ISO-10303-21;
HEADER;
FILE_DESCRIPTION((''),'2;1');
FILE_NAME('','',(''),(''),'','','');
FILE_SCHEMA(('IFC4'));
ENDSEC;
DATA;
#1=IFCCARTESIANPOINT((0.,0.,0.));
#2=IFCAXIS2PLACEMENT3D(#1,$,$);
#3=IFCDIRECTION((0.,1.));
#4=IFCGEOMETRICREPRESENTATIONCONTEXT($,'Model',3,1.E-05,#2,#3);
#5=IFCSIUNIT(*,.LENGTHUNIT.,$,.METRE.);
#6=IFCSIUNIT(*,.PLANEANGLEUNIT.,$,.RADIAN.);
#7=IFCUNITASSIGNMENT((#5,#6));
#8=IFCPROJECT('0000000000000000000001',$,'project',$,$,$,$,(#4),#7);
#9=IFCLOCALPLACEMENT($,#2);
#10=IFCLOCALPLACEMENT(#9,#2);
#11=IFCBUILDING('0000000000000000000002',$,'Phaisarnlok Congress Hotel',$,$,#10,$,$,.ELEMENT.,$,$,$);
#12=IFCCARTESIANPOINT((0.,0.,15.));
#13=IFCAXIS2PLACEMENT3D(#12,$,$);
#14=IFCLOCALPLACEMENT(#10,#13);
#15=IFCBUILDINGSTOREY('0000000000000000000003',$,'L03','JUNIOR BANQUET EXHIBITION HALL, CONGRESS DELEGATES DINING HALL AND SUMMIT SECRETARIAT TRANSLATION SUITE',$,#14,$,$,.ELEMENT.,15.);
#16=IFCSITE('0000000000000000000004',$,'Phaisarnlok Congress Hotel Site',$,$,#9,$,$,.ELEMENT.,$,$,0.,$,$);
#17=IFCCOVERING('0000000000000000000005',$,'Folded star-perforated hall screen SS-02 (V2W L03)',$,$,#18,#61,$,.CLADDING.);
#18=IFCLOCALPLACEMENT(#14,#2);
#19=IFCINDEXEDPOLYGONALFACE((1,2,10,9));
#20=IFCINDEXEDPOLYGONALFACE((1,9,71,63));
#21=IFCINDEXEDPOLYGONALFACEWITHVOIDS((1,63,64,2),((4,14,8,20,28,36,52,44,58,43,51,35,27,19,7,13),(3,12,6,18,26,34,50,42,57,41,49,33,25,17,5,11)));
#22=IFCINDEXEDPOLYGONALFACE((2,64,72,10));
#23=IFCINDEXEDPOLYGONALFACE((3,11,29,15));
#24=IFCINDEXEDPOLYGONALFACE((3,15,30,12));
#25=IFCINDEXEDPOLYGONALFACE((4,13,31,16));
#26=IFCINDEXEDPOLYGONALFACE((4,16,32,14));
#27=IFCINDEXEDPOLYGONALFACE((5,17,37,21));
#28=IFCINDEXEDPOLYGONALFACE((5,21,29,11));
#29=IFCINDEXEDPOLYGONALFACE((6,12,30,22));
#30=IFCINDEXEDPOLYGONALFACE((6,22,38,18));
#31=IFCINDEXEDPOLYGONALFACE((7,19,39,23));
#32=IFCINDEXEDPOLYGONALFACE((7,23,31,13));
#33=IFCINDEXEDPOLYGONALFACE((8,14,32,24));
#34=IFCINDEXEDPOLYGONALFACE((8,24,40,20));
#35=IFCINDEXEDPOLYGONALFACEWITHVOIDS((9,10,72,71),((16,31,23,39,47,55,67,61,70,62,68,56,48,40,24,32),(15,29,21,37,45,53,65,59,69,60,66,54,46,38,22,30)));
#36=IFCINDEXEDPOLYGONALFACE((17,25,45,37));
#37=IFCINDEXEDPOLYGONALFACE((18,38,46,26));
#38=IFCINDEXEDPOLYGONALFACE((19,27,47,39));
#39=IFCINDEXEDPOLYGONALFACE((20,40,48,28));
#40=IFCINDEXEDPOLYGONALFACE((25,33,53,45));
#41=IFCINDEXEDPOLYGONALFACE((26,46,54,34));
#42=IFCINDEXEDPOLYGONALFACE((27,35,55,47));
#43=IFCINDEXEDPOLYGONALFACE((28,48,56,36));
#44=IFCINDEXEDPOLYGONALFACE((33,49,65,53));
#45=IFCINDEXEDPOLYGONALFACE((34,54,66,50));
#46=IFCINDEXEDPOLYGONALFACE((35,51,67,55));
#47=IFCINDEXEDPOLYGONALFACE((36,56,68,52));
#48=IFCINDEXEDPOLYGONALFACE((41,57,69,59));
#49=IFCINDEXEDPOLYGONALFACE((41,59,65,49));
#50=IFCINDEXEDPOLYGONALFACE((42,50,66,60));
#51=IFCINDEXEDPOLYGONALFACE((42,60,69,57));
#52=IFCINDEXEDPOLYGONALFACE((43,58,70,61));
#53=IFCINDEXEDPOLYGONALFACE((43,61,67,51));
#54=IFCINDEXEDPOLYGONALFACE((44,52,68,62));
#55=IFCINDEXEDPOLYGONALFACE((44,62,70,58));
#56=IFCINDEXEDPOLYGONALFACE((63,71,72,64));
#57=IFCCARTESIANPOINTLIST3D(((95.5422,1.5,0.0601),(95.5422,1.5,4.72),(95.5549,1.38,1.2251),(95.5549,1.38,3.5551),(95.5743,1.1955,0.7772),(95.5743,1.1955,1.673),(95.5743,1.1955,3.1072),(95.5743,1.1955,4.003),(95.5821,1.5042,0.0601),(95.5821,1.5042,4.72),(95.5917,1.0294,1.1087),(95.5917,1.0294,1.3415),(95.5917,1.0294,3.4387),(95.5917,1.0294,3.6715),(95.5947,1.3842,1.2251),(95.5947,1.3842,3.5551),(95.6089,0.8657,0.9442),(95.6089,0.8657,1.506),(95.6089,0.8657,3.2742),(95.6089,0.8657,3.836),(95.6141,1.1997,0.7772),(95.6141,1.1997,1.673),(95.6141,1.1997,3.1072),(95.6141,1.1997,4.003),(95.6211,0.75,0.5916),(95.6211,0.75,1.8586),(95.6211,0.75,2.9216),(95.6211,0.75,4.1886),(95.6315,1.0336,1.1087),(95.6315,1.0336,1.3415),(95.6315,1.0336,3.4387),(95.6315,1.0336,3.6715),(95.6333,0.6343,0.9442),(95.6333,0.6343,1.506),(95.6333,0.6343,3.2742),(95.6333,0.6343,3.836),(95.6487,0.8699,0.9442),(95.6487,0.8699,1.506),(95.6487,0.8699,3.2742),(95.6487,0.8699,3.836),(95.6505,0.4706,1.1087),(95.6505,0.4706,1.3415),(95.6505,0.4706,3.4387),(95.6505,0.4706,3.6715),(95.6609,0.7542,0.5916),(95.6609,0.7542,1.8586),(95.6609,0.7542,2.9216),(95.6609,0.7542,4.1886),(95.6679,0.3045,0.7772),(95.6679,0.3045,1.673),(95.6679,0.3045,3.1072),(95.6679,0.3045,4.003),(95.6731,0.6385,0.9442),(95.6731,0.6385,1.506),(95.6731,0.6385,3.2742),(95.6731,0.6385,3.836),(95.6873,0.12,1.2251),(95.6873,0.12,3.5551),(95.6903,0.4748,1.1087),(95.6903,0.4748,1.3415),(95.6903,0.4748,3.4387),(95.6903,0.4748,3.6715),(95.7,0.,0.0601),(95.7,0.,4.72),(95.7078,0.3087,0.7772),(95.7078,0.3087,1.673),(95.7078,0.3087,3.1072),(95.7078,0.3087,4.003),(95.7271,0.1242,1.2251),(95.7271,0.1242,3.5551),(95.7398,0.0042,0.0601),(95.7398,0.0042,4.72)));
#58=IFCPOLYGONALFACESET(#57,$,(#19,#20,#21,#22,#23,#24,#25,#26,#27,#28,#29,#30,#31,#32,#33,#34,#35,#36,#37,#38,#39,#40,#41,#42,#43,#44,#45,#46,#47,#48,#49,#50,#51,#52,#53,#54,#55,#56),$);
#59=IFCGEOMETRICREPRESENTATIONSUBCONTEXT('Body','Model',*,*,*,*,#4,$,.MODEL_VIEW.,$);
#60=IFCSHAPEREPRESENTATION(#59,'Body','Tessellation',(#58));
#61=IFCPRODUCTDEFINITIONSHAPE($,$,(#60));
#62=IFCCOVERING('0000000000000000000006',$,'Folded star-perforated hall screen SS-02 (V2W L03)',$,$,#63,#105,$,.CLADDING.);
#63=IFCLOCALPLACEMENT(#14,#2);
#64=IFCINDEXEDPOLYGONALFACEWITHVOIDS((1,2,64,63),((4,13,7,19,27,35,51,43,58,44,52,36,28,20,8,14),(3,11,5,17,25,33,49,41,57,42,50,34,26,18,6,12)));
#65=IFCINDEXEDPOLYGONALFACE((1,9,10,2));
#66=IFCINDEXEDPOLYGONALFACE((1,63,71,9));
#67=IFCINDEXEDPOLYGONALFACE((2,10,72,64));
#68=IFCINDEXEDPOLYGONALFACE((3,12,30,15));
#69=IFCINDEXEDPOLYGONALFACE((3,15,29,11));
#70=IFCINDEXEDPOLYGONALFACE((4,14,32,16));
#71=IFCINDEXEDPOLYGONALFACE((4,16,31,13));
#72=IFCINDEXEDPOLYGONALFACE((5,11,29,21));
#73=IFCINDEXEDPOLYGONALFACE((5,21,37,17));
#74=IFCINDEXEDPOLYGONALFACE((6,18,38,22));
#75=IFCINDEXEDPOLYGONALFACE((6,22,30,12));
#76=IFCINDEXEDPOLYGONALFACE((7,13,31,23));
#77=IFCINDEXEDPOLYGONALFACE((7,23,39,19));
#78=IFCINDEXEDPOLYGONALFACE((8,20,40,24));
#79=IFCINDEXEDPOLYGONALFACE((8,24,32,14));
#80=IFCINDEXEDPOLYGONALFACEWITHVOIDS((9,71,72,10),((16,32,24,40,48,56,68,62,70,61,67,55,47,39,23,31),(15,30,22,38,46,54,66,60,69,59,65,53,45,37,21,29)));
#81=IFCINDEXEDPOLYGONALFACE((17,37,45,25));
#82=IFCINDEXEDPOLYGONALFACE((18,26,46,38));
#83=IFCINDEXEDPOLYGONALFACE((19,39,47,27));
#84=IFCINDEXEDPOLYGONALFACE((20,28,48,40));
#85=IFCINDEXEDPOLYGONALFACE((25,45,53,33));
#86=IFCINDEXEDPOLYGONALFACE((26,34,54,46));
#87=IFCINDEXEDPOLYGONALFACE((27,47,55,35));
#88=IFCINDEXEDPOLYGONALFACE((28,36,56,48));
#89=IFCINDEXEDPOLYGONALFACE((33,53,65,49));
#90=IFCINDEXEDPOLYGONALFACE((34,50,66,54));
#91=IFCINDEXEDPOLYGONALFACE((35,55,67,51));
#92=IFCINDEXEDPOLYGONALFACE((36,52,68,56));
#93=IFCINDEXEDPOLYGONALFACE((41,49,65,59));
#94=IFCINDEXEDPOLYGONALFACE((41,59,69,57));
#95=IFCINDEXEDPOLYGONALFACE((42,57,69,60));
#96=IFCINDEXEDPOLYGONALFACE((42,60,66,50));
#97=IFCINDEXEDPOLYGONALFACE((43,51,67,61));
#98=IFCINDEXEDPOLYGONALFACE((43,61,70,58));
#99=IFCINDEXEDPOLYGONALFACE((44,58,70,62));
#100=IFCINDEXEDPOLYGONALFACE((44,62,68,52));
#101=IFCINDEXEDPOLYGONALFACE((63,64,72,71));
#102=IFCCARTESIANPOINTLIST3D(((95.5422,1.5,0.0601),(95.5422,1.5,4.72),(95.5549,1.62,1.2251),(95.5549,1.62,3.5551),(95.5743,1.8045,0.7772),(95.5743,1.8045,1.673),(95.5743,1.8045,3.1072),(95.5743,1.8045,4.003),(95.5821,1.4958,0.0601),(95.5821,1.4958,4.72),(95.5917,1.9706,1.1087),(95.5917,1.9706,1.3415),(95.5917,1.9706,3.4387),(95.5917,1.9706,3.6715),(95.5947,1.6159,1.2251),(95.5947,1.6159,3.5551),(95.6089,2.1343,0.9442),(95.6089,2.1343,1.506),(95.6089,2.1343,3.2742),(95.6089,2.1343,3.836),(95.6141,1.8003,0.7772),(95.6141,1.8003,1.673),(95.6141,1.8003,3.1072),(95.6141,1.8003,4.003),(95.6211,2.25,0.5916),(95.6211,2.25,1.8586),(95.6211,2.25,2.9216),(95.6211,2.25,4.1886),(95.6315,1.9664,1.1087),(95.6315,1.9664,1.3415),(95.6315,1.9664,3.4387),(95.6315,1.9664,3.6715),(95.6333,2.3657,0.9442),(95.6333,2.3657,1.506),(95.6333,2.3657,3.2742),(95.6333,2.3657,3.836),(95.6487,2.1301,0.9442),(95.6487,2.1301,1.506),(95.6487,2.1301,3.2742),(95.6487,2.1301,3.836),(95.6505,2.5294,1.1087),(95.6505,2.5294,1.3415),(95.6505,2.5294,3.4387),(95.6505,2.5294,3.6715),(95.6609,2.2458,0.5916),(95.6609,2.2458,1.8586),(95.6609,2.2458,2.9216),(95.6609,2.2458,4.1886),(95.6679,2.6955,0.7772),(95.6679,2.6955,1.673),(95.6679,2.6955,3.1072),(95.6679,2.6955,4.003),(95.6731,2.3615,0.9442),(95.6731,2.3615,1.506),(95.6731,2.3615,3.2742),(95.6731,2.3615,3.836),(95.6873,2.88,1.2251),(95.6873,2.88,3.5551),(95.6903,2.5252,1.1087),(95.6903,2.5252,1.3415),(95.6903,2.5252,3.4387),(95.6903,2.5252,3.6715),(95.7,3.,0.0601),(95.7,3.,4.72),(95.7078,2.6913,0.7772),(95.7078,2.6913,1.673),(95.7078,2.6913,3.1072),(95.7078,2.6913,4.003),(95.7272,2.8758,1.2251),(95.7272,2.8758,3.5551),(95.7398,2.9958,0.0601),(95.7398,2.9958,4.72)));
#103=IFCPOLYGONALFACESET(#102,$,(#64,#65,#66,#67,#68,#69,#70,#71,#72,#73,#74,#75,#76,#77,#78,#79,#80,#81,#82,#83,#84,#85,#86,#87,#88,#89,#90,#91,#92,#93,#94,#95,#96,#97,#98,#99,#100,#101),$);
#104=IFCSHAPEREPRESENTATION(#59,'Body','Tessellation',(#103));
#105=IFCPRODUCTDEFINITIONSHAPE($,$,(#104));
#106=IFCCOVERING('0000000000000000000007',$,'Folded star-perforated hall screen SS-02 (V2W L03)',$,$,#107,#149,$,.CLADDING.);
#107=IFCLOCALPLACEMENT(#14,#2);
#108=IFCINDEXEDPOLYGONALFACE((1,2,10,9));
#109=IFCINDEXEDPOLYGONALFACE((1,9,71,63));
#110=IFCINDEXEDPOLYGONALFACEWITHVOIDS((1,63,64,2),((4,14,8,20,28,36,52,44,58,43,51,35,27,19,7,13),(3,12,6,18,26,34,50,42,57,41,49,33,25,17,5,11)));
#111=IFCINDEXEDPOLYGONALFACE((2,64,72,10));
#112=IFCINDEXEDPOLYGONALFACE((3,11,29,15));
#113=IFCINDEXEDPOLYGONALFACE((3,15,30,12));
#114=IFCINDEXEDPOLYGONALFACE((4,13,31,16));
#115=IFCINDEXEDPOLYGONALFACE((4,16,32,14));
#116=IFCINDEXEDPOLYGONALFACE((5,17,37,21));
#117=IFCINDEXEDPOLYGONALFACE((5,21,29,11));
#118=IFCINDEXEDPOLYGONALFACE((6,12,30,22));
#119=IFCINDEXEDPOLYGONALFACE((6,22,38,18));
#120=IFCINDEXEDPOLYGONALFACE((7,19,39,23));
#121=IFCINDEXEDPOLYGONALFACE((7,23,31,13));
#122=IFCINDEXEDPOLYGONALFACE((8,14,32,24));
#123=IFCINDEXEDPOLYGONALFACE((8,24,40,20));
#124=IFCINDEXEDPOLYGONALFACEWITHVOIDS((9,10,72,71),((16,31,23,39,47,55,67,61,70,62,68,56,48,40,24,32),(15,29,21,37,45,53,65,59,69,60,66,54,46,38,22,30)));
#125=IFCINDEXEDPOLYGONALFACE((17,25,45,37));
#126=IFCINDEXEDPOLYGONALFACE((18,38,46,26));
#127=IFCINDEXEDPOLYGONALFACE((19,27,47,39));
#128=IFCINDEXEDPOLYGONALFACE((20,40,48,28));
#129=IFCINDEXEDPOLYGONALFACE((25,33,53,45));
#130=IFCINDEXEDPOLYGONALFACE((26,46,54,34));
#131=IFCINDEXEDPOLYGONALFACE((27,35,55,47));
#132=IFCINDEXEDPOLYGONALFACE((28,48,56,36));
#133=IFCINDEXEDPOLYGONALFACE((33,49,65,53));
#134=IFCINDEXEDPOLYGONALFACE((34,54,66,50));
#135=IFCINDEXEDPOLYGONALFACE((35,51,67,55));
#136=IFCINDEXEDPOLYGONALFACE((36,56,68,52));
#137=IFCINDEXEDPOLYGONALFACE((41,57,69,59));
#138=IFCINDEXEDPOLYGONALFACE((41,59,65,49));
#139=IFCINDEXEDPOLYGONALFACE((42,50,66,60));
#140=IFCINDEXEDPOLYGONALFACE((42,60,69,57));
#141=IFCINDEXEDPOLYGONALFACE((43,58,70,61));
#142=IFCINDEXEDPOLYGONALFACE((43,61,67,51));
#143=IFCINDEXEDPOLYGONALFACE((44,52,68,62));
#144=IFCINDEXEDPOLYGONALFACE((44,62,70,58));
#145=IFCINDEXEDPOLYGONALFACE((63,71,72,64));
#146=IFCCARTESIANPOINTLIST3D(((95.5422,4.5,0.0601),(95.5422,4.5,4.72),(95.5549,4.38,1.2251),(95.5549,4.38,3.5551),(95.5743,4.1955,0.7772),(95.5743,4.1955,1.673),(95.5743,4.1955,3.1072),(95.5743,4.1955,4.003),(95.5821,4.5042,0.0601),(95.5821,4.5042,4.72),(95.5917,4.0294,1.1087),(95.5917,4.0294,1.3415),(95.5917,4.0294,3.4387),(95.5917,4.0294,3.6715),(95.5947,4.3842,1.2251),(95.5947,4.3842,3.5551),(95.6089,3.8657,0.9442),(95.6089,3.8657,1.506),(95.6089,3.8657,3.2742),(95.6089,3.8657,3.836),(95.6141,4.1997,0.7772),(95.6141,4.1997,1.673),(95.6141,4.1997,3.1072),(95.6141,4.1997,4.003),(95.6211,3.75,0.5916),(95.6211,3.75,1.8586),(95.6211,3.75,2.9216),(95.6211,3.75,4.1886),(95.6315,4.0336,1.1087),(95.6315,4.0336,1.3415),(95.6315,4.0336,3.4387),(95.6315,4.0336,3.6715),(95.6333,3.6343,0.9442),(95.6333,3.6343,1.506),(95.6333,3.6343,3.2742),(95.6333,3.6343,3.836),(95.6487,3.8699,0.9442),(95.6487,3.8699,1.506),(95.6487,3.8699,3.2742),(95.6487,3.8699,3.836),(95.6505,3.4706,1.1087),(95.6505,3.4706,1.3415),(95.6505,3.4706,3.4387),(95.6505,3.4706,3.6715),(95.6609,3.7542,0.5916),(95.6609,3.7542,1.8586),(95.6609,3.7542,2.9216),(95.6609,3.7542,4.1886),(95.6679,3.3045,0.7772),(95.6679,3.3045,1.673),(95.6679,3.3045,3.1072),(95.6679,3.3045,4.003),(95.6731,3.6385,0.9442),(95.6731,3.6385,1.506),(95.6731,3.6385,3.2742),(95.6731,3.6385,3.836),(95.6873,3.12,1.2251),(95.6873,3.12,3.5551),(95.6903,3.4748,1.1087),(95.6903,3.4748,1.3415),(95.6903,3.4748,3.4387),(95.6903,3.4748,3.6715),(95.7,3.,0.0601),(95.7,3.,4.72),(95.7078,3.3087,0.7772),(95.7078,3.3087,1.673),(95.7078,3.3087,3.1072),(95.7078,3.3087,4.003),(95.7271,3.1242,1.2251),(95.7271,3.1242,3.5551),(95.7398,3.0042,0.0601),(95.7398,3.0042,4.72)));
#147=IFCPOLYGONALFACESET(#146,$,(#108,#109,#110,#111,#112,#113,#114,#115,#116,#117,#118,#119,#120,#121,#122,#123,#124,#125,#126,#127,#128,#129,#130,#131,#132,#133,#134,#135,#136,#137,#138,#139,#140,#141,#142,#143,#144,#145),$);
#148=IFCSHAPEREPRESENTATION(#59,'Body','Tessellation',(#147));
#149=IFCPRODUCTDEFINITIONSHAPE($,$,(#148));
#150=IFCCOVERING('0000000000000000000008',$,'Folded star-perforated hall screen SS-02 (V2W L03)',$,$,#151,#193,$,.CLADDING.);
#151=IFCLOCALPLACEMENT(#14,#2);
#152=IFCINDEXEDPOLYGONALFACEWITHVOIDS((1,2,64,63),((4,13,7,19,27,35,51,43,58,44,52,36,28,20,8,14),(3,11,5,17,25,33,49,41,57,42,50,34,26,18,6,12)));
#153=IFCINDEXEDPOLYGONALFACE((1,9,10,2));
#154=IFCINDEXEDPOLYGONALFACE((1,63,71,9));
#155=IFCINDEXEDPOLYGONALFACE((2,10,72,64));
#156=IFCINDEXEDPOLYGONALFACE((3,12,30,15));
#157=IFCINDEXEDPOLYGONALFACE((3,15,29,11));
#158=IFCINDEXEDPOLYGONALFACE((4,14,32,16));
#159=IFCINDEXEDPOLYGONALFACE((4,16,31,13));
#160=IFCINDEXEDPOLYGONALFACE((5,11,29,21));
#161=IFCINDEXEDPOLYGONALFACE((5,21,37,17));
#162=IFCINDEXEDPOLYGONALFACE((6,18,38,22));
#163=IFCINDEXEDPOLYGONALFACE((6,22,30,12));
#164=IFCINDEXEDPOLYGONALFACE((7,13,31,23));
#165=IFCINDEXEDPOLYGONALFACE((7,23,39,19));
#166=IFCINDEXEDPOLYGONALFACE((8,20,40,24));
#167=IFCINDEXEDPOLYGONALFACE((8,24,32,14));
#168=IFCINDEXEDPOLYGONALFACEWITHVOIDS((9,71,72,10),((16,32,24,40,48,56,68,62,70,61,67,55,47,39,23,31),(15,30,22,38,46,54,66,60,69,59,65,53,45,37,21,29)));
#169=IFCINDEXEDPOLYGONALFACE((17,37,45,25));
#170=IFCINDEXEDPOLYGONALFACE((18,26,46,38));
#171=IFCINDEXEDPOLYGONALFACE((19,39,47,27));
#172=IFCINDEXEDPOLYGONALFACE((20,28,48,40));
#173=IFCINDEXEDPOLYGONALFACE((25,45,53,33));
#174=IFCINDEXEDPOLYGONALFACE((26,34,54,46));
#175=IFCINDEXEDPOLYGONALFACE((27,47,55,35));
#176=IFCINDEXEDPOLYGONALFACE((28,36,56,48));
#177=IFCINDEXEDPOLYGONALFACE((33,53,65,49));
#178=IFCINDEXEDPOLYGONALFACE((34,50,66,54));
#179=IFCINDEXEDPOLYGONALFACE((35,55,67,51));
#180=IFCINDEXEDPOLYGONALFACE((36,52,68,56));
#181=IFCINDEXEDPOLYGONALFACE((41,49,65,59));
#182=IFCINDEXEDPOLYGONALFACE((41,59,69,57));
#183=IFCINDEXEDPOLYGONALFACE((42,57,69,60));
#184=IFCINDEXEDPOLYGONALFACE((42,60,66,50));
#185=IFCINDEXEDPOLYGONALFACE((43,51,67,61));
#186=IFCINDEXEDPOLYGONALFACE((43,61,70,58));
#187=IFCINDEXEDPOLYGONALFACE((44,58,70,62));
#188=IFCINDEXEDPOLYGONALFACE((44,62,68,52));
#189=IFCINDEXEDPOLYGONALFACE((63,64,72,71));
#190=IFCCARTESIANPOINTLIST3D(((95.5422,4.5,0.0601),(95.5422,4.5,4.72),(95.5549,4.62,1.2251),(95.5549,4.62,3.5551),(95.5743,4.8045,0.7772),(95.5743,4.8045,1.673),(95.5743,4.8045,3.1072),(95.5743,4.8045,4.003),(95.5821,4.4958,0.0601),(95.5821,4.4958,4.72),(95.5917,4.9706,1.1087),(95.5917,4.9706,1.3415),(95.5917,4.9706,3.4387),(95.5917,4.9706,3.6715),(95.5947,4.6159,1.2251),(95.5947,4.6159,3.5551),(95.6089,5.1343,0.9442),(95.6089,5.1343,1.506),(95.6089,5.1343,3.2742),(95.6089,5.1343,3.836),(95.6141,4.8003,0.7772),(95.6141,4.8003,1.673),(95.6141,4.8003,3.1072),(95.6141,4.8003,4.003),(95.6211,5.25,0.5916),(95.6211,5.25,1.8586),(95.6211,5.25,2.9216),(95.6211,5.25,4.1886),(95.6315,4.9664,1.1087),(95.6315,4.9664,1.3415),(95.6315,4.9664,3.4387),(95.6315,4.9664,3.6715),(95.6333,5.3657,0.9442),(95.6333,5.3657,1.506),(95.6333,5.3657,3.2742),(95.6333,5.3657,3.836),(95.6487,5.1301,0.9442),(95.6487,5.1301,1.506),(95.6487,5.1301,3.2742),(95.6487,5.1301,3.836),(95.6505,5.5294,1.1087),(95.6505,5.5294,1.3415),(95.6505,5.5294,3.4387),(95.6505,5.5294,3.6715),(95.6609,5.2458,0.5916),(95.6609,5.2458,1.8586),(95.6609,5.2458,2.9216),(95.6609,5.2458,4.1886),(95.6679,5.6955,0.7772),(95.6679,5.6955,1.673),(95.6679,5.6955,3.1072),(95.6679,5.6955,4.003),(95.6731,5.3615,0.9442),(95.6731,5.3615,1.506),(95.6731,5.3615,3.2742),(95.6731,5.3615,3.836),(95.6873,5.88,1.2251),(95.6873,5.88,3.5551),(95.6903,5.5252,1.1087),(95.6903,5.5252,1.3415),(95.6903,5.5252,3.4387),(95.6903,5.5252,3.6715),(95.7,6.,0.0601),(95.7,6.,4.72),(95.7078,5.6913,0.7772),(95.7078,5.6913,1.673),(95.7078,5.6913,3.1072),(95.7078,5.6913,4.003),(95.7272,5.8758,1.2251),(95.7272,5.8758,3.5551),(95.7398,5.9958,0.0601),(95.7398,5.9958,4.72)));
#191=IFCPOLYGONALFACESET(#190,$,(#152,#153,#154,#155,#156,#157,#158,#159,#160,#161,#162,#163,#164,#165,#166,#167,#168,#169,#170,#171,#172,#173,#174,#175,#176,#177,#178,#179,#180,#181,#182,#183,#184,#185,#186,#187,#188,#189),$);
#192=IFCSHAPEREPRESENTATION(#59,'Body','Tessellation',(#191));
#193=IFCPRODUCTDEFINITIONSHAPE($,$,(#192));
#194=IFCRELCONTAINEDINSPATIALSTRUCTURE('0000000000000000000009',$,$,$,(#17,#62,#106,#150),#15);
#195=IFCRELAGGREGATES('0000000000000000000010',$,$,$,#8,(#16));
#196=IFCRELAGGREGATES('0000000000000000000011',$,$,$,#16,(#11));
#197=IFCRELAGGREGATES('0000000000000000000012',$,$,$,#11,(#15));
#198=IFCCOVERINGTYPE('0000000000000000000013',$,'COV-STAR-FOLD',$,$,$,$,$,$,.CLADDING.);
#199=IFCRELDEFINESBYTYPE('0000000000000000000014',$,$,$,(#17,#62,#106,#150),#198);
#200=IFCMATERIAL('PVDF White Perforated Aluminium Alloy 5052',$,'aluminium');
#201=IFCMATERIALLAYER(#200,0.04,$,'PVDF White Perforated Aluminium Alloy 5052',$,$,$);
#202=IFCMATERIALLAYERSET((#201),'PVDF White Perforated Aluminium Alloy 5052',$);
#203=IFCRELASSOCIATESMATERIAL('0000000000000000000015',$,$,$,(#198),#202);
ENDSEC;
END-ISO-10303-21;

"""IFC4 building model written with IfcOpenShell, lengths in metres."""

from ifc_helpers import new_model, si_unit, direction, frame, origin, place, context, subcontext, project, spatial, polyline, outline, extrude, material, layer, layer_set, type_object, element, save


model = new_model("IFC4")

# Units and contexts
model_context = context("Model", 3, precision=1e-05, world=origin(), true_north=direction((0.0, 1.0)))
body_context = subcontext(model_context, "Body", "Model", "MODEL_VIEW")
ifc_project = project(units=[si_unit("LENGTHUNIT", "METRE"), si_unit("PLANEANGLEUNIT", "RADIAN")], contexts=[model_context])

# Site, building, storey
site_placement = place(None, origin())
site = spatial("IfcSite", under=ifc_project, at=site_placement, Name="Phaisarnlok Congress Hotel Site", CompositionType="ELEMENT", RefElevation=0.0)
building_placement = place(site_placement, origin())
building = spatial("IfcBuilding", under=site, at=building_placement, Name="Phaisarnlok Congress Hotel", CompositionType="ELEMENT")
storey_placement = place(building_placement, frame((0.0, 0.0, 15.0)))
storey = spatial("IfcBuildingStorey", under=building, at=storey_placement, Name="L03", Description="JUNIOR BANQUET EXHIBITION HALL, CONGRESS DELEGATES DINING HALL AND SUMMIT SECRETARIAT TRANSLATION SUITE", CompositionType="ELEMENT", Elevation=15.0)

# Coverings
ifc_material_1 = material(Name="PVDF White Perforated Aluminium Alloy 5052", Category="aluminium")
ifc_layer_1 = layer(ifc_material_1, 0.04, Name="PVDF White Perforated Aluminium Alloy 5052")
ifc_layer_set_1 = layer_set([ifc_layer_1], Name="PVDF White Perforated Aluminium Alloy 5052")
covering_type = type_object("IfcCoveringType", Name="COV-STAR-FOLD", PredefinedType="CLADDING", material=ifc_layer_set_1)
for number, where, z_axis, x_axis, name in (
    (1, (95.7, 0.0, 0.0601), (0.994518, 0.104567, 0.0), (-0.104567, 0.994518, 0.0), "Folded star-perforated hall screen SS-02 (V2W L03)"),
    (2, (95.5422, 1.5, 0.0601), (0.994518, -0.104567, 0.0), (0.104567, 0.994518, 0.0), "Folded star-perforated hall screen SS-02 (V2W L03)"),
    (3, (95.7, 3.0, 0.0601), (0.994518, 0.104567, 0.0), (-0.104567, 0.994518, 0.0), "Folded star-perforated hall screen SS-02 (V2W L03)"),
    (4, (95.5422, 4.5, 0.0601), (0.994518, -0.104567, 0.0), (0.104567, 0.994518, 0.0), "Folded star-perforated hall screen SS-02 (V2W L03)"),
):
    element("IfcCovering", number, at=place(storey_placement, frame(where, z_axis=z_axis, x_axis=x_axis)), inside=storey, type_object=covering_type, Name=name, PredefinedType="CLADDING", context=body_context, shape_type="SweptSolid", body=[
        extrude(outline(polyline([(0.0, 0.0), (1.5083, 0.0), (1.5083, 4.6599), (0.0, 4.6599), (0.0, 0.0)]), holes=[polyline([(1.0351, 1.0486), (1.2021, 0.7171), (0.8705, 0.8841), (0.7541, 0.5315), (0.6378, 0.8841), (0.3062, 0.7171), (0.4732, 1.0486), (0.1207, 1.165), (0.4732, 1.2814), (0.3062, 1.6129), (0.6378, 1.4459), (0.7541, 1.7985), (0.8705, 1.4459), (1.2021, 1.6129), (1.0351, 1.2814), (1.3876, 1.165), (1.0351, 1.0486)]), polyline([(1.0351, 3.3786), (1.2021, 3.0471), (0.8705, 3.2141), (0.7541, 2.8615), (0.6378, 3.2141), (0.3062, 3.0471), (0.4732, 3.3786), (0.1207, 3.495), (0.4732, 3.6114), (0.3062, 3.9429), (0.6378, 3.7759), (0.7541, 4.1285), (0.8705, 3.7759), (1.2021, 3.9429), (1.0351, 3.6114), (1.3876, 3.495), (1.0351, 3.3786)])]), origin(), (0.0, 0.0, 1.0), 0.04),
    ])

save(model, "model.ifc")
